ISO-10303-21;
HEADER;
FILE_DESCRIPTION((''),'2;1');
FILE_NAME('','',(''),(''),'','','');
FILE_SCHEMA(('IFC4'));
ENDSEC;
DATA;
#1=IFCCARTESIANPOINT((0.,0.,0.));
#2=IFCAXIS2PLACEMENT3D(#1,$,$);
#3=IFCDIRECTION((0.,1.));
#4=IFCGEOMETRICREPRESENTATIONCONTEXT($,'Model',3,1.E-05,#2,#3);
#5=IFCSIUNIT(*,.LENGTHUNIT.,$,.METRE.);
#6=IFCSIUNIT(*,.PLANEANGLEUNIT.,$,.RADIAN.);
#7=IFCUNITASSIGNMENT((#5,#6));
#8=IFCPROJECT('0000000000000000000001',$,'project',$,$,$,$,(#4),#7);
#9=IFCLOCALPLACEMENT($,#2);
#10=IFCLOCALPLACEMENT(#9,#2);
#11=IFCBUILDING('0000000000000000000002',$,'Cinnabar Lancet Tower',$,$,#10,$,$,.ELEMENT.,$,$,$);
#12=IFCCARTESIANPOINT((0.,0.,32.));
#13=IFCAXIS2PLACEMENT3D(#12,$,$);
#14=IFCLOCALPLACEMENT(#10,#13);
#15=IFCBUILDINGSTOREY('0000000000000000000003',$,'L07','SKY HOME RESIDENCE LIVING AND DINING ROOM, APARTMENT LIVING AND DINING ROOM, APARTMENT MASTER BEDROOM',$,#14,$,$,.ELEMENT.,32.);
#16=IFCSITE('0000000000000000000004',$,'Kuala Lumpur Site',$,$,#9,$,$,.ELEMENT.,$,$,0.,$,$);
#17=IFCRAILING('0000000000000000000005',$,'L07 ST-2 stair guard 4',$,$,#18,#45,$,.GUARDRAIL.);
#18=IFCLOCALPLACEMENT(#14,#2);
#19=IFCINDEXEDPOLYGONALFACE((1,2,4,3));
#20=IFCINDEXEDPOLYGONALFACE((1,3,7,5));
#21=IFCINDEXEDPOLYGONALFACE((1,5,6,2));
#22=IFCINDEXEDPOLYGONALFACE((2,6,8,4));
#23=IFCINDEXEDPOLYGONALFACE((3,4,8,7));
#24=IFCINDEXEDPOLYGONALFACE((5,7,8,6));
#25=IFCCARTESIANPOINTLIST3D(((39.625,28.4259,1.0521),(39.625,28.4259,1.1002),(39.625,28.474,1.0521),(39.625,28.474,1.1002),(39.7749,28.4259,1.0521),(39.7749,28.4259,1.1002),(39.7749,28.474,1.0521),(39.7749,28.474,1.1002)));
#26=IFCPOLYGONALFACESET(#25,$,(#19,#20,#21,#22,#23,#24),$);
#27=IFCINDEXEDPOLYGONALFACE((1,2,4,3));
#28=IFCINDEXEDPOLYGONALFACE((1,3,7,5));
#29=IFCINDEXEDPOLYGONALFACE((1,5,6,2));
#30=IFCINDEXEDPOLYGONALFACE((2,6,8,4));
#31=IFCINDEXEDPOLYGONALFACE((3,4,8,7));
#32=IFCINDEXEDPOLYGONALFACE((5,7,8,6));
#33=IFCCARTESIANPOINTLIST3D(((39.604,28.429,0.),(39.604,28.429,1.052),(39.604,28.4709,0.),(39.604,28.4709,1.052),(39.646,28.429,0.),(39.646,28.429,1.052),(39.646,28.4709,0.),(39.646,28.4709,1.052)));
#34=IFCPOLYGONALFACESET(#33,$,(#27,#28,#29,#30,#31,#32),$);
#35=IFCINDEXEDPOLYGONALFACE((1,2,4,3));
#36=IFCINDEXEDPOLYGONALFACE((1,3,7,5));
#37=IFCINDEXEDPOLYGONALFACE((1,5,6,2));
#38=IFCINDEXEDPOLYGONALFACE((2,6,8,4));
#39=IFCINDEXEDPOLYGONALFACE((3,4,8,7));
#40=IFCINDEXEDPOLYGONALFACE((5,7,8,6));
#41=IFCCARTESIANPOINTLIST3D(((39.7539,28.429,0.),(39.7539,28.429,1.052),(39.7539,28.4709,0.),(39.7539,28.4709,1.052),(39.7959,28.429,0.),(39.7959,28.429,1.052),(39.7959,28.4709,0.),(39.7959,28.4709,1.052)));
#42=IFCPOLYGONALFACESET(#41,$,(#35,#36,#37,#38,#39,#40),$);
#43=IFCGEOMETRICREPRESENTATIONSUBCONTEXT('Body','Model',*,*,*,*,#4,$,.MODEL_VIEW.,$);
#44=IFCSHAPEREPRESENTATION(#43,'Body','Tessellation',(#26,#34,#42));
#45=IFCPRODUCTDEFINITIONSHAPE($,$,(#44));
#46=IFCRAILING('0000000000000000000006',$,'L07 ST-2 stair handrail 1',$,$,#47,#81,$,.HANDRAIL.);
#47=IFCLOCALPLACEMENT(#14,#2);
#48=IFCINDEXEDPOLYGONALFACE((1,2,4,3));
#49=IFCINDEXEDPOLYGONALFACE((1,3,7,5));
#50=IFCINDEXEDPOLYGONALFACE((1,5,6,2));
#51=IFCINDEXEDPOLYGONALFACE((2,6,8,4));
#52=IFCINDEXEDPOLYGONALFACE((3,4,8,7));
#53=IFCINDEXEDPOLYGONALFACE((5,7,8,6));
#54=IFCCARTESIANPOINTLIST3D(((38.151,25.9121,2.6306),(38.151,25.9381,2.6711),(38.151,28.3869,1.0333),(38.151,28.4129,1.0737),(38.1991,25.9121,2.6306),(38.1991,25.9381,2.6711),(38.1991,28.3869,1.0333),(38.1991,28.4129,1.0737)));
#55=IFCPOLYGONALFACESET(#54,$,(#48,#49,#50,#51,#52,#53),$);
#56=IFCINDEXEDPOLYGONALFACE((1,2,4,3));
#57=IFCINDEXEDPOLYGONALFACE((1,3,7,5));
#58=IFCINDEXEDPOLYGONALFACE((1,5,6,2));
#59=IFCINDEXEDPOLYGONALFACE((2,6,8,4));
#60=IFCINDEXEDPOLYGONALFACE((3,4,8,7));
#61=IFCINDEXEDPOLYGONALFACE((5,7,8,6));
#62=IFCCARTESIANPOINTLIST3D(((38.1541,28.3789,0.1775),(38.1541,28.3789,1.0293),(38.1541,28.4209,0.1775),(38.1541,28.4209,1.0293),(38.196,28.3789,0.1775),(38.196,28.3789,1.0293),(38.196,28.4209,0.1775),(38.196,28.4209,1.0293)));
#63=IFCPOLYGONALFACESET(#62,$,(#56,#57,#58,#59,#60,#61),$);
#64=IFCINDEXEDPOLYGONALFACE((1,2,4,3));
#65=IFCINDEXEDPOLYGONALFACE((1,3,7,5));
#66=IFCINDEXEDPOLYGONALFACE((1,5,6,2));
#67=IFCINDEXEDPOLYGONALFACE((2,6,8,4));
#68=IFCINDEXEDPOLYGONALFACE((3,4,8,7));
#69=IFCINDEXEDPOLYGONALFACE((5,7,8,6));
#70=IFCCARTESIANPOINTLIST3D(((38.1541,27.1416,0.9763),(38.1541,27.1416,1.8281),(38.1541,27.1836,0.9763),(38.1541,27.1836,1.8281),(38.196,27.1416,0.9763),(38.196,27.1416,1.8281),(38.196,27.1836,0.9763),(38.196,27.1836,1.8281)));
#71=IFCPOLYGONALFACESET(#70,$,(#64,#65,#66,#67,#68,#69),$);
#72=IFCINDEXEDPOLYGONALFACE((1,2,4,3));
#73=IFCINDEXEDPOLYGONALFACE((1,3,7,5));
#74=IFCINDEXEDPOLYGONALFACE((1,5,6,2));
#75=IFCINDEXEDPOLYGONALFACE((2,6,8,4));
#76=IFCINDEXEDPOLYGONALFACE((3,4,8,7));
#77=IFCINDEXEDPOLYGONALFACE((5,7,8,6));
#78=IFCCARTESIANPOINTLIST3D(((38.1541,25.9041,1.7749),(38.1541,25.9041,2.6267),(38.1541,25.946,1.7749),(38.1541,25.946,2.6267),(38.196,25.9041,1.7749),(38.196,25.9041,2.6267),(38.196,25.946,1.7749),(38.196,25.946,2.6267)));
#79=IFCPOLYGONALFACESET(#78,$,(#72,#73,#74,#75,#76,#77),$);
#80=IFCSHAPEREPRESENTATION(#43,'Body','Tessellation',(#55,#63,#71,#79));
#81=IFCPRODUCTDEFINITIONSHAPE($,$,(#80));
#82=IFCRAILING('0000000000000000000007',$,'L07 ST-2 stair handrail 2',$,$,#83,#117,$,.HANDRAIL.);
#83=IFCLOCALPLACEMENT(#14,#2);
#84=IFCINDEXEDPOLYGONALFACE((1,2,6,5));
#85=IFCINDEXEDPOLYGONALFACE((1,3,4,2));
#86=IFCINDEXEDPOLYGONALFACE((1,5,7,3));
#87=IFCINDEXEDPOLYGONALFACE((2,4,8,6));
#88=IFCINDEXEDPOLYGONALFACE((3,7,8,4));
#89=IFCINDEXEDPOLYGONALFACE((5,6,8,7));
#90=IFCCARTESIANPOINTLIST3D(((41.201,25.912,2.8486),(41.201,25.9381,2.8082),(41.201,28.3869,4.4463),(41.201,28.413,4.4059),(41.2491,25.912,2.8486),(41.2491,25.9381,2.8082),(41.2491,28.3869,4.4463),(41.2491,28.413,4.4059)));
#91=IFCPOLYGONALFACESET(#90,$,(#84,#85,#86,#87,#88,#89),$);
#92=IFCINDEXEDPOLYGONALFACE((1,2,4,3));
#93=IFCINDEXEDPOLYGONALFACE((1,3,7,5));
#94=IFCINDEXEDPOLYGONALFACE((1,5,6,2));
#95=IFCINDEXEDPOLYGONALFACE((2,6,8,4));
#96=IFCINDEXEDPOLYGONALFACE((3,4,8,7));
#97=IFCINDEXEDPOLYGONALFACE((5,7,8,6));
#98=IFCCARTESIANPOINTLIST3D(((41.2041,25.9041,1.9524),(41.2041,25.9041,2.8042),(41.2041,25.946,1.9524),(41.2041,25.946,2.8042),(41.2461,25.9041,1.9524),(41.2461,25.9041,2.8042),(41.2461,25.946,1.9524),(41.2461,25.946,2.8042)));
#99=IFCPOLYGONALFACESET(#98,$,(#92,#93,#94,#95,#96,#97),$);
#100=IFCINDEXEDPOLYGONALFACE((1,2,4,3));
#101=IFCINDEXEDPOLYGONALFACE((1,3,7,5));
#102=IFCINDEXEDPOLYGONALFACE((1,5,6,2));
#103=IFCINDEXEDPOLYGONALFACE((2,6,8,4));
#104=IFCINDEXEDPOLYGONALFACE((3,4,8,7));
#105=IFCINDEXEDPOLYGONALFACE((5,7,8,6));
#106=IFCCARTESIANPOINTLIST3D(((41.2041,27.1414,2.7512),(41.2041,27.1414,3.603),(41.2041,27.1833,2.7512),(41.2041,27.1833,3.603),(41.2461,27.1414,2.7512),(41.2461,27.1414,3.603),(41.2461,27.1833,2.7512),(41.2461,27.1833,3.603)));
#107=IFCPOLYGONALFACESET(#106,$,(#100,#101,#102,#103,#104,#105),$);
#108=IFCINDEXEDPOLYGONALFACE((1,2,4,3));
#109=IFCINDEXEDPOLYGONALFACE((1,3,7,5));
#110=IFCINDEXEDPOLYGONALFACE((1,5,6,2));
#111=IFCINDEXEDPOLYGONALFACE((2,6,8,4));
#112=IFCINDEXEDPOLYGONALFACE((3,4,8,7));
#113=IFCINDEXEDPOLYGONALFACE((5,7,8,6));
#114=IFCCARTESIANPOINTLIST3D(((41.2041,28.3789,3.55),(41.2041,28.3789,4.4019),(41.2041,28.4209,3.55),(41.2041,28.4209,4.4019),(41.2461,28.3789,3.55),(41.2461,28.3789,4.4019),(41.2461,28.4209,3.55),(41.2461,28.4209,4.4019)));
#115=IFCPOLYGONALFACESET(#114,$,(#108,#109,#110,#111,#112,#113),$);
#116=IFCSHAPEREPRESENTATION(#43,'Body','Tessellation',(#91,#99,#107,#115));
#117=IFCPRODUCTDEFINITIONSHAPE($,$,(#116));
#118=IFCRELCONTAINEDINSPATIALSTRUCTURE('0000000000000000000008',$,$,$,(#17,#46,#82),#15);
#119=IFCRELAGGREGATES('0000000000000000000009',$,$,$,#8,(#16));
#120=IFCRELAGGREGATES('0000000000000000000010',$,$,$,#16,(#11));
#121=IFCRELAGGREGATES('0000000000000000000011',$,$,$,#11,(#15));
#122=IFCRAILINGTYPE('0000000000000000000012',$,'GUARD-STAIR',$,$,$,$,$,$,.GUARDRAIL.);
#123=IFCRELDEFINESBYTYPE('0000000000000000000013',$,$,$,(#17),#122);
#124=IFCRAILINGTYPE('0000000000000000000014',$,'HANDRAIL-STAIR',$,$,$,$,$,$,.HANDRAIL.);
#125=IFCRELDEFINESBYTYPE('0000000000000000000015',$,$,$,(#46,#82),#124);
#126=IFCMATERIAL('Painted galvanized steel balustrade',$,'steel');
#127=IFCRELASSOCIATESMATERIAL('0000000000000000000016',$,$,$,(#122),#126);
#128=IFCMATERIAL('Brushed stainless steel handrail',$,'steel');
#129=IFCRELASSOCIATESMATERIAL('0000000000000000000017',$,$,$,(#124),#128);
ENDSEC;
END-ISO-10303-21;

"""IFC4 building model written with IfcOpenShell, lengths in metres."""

from ifc_helpers import new_model, si_unit, direction, frame, origin, origin_2d, place, context, subcontext, project, spatial, rectangle, extrude, material, type_object, element, save


model = new_model("IFC4")

# Units and contexts
model_context = context("Model", 3, precision=1e-05, world=origin(), true_north=direction((0.0, 1.0)))
body_context = subcontext(model_context, "Body", "Model", "MODEL_VIEW")
ifc_project = project(units=[si_unit("LENGTHUNIT", "METRE"), si_unit("PLANEANGLEUNIT", "RADIAN")], contexts=[model_context])

# Site, building, storey
site_placement = place(None, origin())
site = spatial("IfcSite", under=ifc_project, at=site_placement, Name="Kuala Lumpur Site", CompositionType="ELEMENT", RefElevation=0.0)
building_placement = place(site_placement, origin())
building = spatial("IfcBuilding", under=site, at=building_placement, Name="Cinnabar Lancet Tower", CompositionType="ELEMENT")
storey_placement = place(building_placement, frame((0.0, 0.0, 32.0)))
storey = spatial("IfcBuildingStorey", under=building, at=storey_placement, Name="L07", Description="SKY HOME RESIDENCE LIVING AND DINING ROOM, APARTMENT LIVING AND DINING ROOM, APARTMENT MASTER BEDROOM", CompositionType="ELEMENT", Elevation=32.0)

# Railings
ifc_material_1 = material(Name="Painted galvanized steel balustrade", Category="steel")
railing_type_1 = type_object("IfcRailingType", Name="GUARD-STAIR", PredefinedType="GUARDRAIL", material=ifc_material_1)
railing_1_placement = place(storey_placement, frame((39.625, 28.45, 0.0)))
element("IfcRailing", 1, at=railing_1_placement, inside=storey, type_object=railing_type_1, Name="L07 ST-2 stair guard 4", PredefinedType="GUARDRAIL", context=body_context, shape_type="SweptSolid", body=[
    extrude(rectangle(XDim=0.0481, YDim=0.0481, at=origin_2d()), frame((0.0, 0.0, 1.0762), z_axis=(1.0, 0.0, 0.0), x_axis=(0.0, 1.0, 0.0)), (0.0, 0.0, 1.0), 0.1499),
    extrude(rectangle(XDim=0.042, YDim=0.042, at=origin_2d()), origin(), (0.0, 0.0, 1.0), 1.052),
    extrude(rectangle(XDim=0.042, YDim=0.042, at=origin_2d()), frame((0.1499, 0.0, 0.0)), (0.0, 0.0, 1.0), 1.052),
])
ifc_material_2 = material(Name="Brushed stainless steel handrail", Category="steel")
railing_type_2 = type_object("IfcRailingType", Name="HANDRAIL-STAIR", PredefinedType="HANDRAIL", material=ifc_material_2)
railing_2_placement = place(storey_placement, frame((38.175, 28.3999, 0.1775)))
element("IfcRailing", 2, at=railing_2_placement, inside=storey, type_object=railing_type_2, Name="L07 ST-2 stair handrail 1", PredefinedType="HANDRAIL", context=body_context, shape_type="SweptSolid", body=[
    extrude(rectangle(XDim=0.0481, YDim=0.0481, at=origin_2d()), frame((0.0, 0.0, 0.876), z_axis=(0.0, -0.840183, 0.542302), x_axis=(1.0, 0.0, 0.0)), (0.0, 0.0, 1.0), 2.9456),
    extrude(rectangle(XDim=0.042, YDim=0.042, at=origin_2d()), origin(), (0.0, 0.0, 1.0), 0.8518),
    extrude(rectangle(XDim=0.042, YDim=0.042, at=origin_2d()), frame((0.0, -1.2373, 0.7988)), (0.0, 0.0, 1.0), 0.8518),
    extrude(rectangle(XDim=0.042, YDim=0.042, at=origin_2d()), frame((0.0, -2.4749, 1.5974)), (0.0, 0.0, 1.0), 0.8518),
])
railing_3_placement = place(storey_placement, frame((41.2251, 25.925, 1.9524)))
element("IfcRailing", 3, at=railing_3_placement, inside=storey, type_object=railing_type_2, Name="L07 ST-2 stair handrail 2", PredefinedType="HANDRAIL", context=body_context, shape_type="SweptSolid", body=[
    extrude(rectangle(XDim=0.0481, YDim=0.0481, at=origin_2d()), frame((0.0, 0.0, 0.876), z_axis=(0.0, 0.840146, 0.542361), x_axis=(-1.0, 0.0, 0.0)), (0.0, 0.0, 1.0), 2.9458),
    extrude(rectangle(XDim=0.042, YDim=0.042, at=origin_2d()), origin(), (0.0, 0.0, 1.0), 0.8518),
    extrude(rectangle(XDim=0.042, YDim=0.042, at=origin_2d()), frame((0.0, 1.2373, 0.7988)), (0.0, 0.0, 1.0), 0.8518),
    extrude(rectangle(XDim=0.042, YDim=0.042, at=origin_2d()), frame((0.0, 2.4749, 1.5977)), (0.0, 0.0, 1.0), 0.8518),
])

save(model, "model.ifc")
